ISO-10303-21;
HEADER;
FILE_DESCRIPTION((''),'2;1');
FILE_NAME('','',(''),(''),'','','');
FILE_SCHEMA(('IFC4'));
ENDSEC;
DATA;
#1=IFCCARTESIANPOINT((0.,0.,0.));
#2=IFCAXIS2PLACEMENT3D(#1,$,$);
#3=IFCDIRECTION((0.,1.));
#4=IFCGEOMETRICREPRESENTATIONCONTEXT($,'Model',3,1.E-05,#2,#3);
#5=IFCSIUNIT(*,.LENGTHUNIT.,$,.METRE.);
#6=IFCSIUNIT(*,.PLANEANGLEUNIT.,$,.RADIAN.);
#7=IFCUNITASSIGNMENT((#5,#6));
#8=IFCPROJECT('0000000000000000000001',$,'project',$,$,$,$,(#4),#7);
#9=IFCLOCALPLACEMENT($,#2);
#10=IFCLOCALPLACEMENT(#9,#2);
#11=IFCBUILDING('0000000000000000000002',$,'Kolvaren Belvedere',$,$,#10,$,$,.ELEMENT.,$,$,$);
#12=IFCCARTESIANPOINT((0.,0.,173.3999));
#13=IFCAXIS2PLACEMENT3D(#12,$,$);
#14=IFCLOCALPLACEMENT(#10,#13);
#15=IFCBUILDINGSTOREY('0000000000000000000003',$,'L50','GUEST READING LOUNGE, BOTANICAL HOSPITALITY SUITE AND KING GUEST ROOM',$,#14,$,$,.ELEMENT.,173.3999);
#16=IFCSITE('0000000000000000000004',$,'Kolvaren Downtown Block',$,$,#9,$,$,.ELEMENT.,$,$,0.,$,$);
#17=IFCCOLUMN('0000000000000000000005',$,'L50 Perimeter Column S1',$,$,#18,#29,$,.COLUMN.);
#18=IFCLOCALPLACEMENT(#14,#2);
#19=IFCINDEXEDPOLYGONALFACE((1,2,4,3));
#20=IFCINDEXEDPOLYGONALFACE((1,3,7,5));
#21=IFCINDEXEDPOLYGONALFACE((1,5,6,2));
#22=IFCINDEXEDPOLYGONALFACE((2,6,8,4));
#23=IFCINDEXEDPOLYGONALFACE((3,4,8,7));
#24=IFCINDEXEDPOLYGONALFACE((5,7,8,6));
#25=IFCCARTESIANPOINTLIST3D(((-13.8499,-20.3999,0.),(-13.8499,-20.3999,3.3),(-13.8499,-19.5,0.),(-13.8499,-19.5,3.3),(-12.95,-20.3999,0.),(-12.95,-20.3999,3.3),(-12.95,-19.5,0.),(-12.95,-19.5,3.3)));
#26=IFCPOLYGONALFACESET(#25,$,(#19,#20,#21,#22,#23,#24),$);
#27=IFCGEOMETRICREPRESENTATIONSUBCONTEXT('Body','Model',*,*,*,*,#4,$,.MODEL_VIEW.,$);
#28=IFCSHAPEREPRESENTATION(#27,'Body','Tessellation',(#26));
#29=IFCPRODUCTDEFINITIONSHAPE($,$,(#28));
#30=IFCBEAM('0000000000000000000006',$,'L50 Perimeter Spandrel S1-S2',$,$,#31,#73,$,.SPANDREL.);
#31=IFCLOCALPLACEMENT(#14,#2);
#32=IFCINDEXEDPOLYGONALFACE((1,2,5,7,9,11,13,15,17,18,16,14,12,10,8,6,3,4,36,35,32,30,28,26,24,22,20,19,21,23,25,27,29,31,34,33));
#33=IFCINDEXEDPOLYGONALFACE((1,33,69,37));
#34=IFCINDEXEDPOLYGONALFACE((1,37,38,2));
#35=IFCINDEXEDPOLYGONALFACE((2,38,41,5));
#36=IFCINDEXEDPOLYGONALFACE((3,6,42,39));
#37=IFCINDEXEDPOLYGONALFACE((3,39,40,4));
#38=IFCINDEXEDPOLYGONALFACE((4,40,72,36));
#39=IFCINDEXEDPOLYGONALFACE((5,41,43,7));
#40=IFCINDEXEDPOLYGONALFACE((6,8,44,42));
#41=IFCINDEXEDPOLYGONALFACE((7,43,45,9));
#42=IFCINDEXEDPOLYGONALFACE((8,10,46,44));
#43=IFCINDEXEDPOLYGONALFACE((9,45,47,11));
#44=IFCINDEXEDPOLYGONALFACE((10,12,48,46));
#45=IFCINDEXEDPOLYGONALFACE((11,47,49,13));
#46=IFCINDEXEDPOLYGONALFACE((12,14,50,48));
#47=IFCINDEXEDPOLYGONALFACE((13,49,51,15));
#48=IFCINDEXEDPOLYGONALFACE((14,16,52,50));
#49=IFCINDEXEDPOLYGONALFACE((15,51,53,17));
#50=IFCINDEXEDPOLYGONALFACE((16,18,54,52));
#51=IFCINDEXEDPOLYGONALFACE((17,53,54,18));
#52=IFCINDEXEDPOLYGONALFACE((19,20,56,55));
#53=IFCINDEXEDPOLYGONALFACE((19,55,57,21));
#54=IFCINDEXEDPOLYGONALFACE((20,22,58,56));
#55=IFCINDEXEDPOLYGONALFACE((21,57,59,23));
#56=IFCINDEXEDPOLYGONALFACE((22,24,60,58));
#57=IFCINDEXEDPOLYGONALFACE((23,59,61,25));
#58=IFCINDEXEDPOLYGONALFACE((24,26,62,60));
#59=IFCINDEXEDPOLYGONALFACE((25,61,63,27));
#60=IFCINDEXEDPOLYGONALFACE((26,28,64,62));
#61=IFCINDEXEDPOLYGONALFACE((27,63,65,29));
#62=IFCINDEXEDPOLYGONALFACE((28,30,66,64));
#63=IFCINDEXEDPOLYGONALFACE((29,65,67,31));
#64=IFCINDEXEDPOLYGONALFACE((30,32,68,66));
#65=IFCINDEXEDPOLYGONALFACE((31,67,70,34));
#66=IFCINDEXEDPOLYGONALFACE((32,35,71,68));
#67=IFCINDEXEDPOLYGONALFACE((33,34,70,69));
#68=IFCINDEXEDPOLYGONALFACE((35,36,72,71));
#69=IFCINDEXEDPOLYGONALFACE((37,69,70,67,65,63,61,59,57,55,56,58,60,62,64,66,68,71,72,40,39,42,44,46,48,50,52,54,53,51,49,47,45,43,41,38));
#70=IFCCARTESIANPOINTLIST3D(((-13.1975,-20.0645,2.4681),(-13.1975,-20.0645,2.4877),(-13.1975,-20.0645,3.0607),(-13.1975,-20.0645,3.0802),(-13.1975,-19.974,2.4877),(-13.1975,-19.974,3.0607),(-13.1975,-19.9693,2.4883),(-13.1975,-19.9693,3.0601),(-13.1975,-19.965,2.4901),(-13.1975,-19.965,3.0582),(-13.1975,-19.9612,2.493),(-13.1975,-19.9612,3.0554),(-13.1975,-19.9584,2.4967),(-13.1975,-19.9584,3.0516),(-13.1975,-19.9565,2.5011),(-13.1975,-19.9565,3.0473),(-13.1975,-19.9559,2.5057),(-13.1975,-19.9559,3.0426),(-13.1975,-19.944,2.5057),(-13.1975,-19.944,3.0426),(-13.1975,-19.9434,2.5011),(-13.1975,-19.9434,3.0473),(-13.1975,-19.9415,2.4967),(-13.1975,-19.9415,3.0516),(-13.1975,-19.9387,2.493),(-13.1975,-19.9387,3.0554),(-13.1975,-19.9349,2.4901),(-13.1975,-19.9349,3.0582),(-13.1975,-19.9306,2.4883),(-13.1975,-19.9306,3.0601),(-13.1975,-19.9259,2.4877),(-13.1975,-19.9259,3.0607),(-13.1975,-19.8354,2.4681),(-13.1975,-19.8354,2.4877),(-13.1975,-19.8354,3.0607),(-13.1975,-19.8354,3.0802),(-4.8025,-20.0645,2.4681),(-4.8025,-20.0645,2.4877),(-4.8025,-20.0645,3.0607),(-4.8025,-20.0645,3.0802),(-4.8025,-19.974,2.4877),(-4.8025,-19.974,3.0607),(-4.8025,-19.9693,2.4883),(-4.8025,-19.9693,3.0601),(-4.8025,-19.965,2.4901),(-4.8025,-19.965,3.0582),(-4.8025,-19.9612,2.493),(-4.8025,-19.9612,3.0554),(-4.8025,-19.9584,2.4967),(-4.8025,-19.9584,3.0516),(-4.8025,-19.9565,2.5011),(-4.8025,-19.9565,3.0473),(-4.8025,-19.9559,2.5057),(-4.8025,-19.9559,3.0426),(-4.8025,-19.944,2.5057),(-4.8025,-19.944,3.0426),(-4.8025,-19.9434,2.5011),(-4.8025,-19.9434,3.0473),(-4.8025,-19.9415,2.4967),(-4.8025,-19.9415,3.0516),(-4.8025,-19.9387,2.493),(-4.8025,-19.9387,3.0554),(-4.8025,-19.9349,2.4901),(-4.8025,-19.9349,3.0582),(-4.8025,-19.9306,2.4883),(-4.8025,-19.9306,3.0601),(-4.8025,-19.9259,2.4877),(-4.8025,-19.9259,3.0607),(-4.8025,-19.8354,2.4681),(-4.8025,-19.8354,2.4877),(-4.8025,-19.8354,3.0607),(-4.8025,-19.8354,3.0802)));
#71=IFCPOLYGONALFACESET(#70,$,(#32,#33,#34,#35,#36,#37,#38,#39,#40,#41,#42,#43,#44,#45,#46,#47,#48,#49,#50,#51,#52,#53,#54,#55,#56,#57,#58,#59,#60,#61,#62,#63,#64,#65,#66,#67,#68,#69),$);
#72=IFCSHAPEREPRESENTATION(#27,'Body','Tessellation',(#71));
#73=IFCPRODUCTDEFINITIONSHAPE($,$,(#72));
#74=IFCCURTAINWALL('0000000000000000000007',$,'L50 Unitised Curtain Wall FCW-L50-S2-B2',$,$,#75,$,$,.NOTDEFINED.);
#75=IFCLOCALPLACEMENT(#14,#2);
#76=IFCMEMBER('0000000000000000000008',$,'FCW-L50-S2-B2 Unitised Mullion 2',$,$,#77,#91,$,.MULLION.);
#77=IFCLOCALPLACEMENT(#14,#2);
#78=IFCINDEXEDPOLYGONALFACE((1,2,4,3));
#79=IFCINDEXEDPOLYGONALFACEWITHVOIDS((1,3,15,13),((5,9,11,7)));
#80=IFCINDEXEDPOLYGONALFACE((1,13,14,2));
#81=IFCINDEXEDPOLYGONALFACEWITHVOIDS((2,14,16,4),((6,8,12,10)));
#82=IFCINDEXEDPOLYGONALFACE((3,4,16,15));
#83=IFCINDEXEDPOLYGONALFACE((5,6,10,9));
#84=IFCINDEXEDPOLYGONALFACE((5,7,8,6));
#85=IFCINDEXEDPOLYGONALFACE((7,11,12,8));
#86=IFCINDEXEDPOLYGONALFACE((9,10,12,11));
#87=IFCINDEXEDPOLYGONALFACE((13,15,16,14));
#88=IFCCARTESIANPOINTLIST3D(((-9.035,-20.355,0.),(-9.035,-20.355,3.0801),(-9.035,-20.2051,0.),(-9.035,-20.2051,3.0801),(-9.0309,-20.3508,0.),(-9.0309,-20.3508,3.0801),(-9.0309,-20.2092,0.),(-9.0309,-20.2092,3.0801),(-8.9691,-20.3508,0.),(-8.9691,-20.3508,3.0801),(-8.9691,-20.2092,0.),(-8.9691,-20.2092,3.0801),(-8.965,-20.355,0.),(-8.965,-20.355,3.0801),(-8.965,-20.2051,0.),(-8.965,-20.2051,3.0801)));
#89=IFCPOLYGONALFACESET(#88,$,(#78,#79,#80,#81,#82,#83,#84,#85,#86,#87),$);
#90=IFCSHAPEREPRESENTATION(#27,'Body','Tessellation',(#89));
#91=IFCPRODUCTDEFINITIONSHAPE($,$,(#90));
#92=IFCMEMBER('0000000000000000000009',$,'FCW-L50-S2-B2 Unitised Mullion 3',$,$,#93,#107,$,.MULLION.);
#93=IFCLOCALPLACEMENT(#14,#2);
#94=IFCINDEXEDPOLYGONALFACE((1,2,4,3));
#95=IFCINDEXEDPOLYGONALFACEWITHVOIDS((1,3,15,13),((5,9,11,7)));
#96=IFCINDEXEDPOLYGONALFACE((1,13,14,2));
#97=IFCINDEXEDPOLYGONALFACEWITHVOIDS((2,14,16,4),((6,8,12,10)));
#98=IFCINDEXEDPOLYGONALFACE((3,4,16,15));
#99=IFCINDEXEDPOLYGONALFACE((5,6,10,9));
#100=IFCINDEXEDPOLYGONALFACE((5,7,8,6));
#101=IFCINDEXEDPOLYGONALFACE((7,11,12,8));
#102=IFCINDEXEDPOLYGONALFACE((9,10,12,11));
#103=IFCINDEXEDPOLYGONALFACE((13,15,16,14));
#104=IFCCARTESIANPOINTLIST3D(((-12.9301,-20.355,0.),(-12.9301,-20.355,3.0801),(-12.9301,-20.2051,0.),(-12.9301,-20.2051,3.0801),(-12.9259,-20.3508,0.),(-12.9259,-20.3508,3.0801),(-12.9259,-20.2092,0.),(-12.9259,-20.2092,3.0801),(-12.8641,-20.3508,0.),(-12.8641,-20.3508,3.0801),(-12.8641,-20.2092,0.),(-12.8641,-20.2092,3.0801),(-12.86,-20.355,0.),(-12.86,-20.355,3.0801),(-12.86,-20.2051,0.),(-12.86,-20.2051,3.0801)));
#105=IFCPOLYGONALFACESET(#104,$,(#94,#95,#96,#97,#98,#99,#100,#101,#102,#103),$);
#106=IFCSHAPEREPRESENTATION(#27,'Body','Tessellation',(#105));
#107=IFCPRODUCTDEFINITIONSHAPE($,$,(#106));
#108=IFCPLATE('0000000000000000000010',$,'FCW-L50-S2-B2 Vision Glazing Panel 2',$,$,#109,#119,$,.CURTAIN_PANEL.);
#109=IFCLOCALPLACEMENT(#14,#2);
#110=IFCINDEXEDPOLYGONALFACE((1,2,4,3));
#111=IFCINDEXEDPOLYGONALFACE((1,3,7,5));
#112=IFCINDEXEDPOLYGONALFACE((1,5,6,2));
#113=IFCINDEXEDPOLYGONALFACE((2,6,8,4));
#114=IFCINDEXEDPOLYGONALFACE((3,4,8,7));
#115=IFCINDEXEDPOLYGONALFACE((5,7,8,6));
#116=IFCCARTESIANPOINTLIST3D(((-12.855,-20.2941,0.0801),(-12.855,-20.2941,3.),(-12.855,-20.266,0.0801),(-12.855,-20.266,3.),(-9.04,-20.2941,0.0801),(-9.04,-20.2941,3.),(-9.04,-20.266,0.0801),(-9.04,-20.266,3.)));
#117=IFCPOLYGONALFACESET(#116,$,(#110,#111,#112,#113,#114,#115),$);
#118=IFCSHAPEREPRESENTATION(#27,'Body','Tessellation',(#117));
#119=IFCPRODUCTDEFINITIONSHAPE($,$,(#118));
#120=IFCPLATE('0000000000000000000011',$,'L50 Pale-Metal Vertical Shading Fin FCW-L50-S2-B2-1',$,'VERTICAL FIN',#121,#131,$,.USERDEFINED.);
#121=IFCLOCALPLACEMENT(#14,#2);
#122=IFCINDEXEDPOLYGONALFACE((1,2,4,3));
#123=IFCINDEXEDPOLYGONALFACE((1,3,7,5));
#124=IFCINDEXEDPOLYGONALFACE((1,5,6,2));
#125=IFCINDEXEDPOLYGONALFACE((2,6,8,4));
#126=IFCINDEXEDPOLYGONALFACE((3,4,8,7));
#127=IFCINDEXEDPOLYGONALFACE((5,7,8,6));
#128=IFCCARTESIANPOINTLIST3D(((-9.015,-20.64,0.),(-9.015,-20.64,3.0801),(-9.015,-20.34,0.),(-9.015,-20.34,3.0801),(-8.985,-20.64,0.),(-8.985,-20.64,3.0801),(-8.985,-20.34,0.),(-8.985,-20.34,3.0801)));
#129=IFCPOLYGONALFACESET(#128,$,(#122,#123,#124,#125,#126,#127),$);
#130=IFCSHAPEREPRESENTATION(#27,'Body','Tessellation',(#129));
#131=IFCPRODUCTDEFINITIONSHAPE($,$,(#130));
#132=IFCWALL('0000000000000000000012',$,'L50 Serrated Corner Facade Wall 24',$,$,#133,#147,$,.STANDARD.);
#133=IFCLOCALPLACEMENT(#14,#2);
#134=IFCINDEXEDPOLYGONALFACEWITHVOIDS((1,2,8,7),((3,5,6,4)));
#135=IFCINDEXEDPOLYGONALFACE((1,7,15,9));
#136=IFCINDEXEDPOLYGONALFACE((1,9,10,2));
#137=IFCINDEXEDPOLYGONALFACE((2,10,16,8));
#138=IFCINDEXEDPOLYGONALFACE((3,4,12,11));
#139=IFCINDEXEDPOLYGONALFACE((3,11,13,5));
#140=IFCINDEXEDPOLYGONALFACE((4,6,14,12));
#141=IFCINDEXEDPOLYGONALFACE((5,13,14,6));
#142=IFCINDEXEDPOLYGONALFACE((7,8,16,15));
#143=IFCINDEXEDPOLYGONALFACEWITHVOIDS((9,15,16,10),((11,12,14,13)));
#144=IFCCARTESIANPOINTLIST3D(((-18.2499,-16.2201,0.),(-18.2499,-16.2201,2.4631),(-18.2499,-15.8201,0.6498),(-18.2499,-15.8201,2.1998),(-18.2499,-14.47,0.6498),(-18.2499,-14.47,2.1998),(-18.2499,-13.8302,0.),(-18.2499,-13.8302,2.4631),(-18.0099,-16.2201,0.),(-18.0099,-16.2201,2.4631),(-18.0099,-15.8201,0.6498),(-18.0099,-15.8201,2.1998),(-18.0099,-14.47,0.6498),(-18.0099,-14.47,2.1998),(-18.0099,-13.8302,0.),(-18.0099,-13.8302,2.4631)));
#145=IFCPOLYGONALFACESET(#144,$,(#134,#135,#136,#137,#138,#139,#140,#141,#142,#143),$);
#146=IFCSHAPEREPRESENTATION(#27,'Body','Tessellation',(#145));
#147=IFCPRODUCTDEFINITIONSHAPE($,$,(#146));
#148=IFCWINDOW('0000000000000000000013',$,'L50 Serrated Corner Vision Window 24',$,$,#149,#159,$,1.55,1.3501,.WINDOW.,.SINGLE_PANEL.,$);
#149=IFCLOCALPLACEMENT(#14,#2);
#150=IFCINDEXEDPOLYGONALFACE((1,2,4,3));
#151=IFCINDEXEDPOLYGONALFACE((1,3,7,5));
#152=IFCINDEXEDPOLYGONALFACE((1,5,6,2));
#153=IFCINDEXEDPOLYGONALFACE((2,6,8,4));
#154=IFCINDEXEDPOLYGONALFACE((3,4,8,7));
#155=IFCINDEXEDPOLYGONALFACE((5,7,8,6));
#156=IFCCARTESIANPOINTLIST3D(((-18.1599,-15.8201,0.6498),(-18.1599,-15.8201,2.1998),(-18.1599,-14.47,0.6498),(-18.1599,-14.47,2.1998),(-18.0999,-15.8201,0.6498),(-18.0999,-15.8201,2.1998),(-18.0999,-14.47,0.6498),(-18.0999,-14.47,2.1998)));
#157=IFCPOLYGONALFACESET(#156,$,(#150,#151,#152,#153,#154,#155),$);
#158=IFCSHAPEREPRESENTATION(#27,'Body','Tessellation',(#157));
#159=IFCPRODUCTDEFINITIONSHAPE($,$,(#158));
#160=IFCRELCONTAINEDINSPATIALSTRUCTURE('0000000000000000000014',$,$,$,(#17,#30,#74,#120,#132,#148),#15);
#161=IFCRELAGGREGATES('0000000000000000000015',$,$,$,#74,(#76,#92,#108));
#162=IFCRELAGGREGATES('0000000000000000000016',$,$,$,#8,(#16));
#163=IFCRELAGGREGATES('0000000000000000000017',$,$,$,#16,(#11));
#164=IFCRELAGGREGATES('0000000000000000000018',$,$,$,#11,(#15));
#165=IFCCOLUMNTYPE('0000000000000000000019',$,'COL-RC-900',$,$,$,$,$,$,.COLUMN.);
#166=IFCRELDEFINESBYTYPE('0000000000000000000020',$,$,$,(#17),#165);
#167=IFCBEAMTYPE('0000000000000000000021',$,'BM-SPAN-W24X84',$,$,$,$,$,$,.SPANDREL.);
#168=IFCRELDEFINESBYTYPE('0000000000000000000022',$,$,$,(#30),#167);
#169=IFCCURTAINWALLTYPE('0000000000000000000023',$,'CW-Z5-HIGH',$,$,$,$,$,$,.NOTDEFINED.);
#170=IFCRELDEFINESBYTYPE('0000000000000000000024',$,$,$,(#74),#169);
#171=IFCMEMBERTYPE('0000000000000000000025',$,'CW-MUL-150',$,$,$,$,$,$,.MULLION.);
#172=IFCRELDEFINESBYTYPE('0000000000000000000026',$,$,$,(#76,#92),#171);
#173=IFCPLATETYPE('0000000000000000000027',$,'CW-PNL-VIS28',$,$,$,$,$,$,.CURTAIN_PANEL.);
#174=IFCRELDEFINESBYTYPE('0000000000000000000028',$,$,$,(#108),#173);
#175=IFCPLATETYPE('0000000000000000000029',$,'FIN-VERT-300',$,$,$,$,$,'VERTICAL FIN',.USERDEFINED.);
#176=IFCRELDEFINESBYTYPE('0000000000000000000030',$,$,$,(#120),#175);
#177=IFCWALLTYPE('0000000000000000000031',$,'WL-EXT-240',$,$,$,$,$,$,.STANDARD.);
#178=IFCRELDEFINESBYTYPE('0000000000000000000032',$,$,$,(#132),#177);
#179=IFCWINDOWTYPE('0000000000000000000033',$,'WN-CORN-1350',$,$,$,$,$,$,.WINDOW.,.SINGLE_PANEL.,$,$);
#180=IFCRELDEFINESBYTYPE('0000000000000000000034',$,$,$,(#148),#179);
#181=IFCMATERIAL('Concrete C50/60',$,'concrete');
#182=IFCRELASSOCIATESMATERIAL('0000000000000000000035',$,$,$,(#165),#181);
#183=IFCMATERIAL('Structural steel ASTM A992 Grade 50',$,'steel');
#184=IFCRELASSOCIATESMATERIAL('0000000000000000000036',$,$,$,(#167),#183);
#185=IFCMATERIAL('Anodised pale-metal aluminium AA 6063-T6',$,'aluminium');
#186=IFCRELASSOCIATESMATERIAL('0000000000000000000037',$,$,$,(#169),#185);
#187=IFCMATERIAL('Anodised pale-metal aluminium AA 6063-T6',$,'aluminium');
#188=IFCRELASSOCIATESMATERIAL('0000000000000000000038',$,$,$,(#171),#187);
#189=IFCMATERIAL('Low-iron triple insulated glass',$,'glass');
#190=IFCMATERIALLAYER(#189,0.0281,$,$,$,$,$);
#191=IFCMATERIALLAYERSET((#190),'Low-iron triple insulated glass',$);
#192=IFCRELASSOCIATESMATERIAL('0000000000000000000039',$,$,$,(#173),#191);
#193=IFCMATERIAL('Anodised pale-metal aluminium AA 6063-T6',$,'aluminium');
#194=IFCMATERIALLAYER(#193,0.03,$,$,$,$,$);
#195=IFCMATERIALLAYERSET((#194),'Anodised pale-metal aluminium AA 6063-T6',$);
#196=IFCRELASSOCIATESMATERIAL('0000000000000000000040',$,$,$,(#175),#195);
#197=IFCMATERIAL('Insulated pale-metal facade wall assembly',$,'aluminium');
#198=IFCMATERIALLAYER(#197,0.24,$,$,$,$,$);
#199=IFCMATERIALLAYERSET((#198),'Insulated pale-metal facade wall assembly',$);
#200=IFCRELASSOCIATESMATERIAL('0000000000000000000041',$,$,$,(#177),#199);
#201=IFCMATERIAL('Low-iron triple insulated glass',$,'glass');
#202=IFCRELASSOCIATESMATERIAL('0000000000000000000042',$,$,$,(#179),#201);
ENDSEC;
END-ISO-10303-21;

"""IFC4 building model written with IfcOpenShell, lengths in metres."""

from ifc_helpers import new_model, si_unit, direction, frame, frame_2d, origin, origin_2d, place, context, subcontext, project, spatial, rectangle, hollow_rectangle, i_section, extrude, material, layer, layer_set, material_profile, profile_set, type_object, element, fill, aggregate, save


model = new_model("IFC4")

# Units and contexts
model_context = context("Model", 3, precision=1e-05, world=origin(), true_north=direction((0.0, 1.0)))
body_context = subcontext(model_context, "Body", "Model", "MODEL_VIEW")
ifc_project = project(units=[si_unit("LENGTHUNIT", "METRE"), si_unit("PLANEANGLEUNIT", "RADIAN")], contexts=[model_context])

# Site, building, storey
site_placement = place(None, origin())
site = spatial("IfcSite", under=ifc_project, at=site_placement, Name="Kolvaren Downtown Block", CompositionType="ELEMENT", RefElevation=0.0)
building_placement = place(site_placement, origin())
building = spatial("IfcBuilding", under=site, at=building_placement, Name="Kolvaren Belvedere", CompositionType="ELEMENT")
storey_placement = place(building_placement, frame((0.0, 0.0, 173.3999)))
storey = spatial("IfcBuildingStorey", under=building, at=storey_placement, Name="L50", Description="GUEST READING LOUNGE, BOTANICAL HOSPITALITY SUITE AND KING GUEST ROOM", CompositionType="ELEMENT", Elevation=173.3999)

# Column
ifc_material_1 = material(Name="Concrete C50/60", Category="concrete")
ifc_material_profile_1 = material_profile(ifc_material_1, rectangle(XDim=0.8999, YDim=0.8999, at=origin_2d()), Name="RC 900X900")
ifc_profile_set_1 = profile_set([ifc_material_profile_1], Name="Concrete C50/60")
column_type = type_object("IfcColumnType", Name="COL-RC-900", PredefinedType="COLUMN", material=ifc_profile_set_1)
column_placement = place(storey_placement, frame((-13.3999, -19.95, 0.0), z_axis=(0.0, 0.0, 1.0), x_axis=(1.0, 0.0, 0.0)))
element("IfcColumn", 1, at=column_placement, inside=storey, type_object=column_type, Name="L50 Perimeter Column S1", PredefinedType="COLUMN", context=body_context, shape_type="SweptSolid", body=[
    extrude(rectangle(XDim=0.8999, YDim=0.8999, at=origin_2d()), origin(), (0.0, 0.0, 1.0), 3.3),
])

# Beam
ifc_material_2 = material(Name="Structural steel ASTM A992 Grade 50", Category="steel")
ifc_material_profile_2 = material_profile(ifc_material_2, i_section(OverallWidth=0.229, OverallDepth=0.6121, WebThickness=0.012, FlangeThickness=0.0195, FilletRadius=0.0181, at=origin_2d()), Name="W24X84")
ifc_profile_set_2 = profile_set([ifc_material_profile_2], Name="Structural steel ASTM A992 Grade 50")
beam_type = type_object("IfcBeamType", Name="BM-SPAN-W24X84", PredefinedType="SPANDREL", material=ifc_profile_set_2)
beam_placement = place(storey_placement, frame((-13.1975, -19.95, 2.7742), z_axis=(1.0, 0.0, 0.0), x_axis=(0.0, 1.0, 0.0)))
element("IfcBeam", 2, at=beam_placement, inside=storey, type_object=beam_type, Name="L50 Perimeter Spandrel S1-S2", PredefinedType="SPANDREL", context=body_context, shape_type="SweptSolid", body=[
    extrude(i_section(OverallWidth=0.229, OverallDepth=0.6121, WebThickness=0.012, FlangeThickness=0.0195, FilletRadius=0.0181, at=origin_2d()), origin(), (0.0, 0.0, 1.0), 8.395),
])

# Curtain wall, members, plate
ifc_material_3 = material(Name="Anodised pale-metal aluminium AA 6063-T6", Category="aluminium")
curtain_wall_type = type_object("IfcCurtainWallType", Name="CW-Z5-HIGH", PredefinedType="NOTDEFINED", material=ifc_material_3)
curtain_wall_placement = place(storey_placement, origin())
curtain_wall = element("IfcCurtainWall", 3, at=curtain_wall_placement, inside=storey, type_object=curtain_wall_type, Name="L50 Unitised Curtain Wall FCW-L50-S2-B2", PredefinedType="NOTDEFINED")
ifc_material_4 = material(Name="Anodised pale-metal aluminium AA 6063-T6", Category="aluminium")
ifc_material_profile_3 = material_profile(ifc_material_4, hollow_rectangle(XDim=0.0701, YDim=0.1499, WallThickness=0.0042, at=origin_2d()), Name="ALU-MUL-150X70")
ifc_profile_set_3 = profile_set([ifc_material_profile_3], Name="Anodised pale-metal aluminium AA 6063-T6")
member_type = type_object("IfcMemberType", Name="CW-MUL-150", PredefinedType="MULLION", material=ifc_profile_set_3)
member_1_placement = place(storey_placement, frame((-9.0, -20.28, 0.0), z_axis=(0.0, 0.0, 1.0), x_axis=(1.0, 0.0, 0.0)))
member_1 = element("IfcMember", 4, at=member_1_placement, type_object=member_type, Name="FCW-L50-S2-B2 Unitised Mullion 2", PredefinedType="MULLION", context=body_context, shape_type="SweptSolid", body=[
    extrude(hollow_rectangle(XDim=0.0701, YDim=0.1499, WallThickness=0.0042, at=origin_2d()), origin(), (0.0, 0.0, 1.0), 3.0801),
])
member_2_placement = place(storey_placement, frame((-12.895, -20.28, 0.0), z_axis=(0.0, 0.0, 1.0), x_axis=(1.0, 0.0, 0.0)))
member_2 = element("IfcMember", 5, at=member_2_placement, type_object=member_type, Name="FCW-L50-S2-B2 Unitised Mullion 3", PredefinedType="MULLION", context=body_context, shape_type="SweptSolid", body=[
    extrude(hollow_rectangle(XDim=0.0701, YDim=0.1499, WallThickness=0.0042, at=origin_2d()), origin(), (0.0, 0.0, 1.0), 3.0801),
])
ifc_material_5 = material(Name="Low-iron triple insulated glass", Category="glass")
ifc_layer_1 = layer(ifc_material_5, 0.0281)
ifc_layer_set_1 = layer_set([ifc_layer_1], Name="Low-iron triple insulated glass")
plate_type_1 = type_object("IfcPlateType", Name="CW-PNL-VIS28", PredefinedType="CURTAIN_PANEL", material=ifc_layer_set_1)
plate_1_placement = place(storey_placement, frame((-10.9475, -20.28, 0.0801), z_axis=(0.0, 0.0, 1.0), x_axis=(-1.0, 0.0, 0.0)))
plate_1 = element("IfcPlate", 6, at=plate_1_placement, type_object=plate_type_1, Name="FCW-L50-S2-B2 Vision Glazing Panel 2", PredefinedType="CURTAIN_PANEL", context=body_context, shape_type="SweptSolid", body=[
    extrude(rectangle(XDim=3.8149, YDim=0.0281, at=origin_2d()), origin(), (0.0, 0.0, 1.0), 2.9199),
])
aggregate(curtain_wall, [member_1, member_2, plate_1])

# Plate
ifc_material_6 = material(Name="Anodised pale-metal aluminium AA 6063-T6", Category="aluminium")
ifc_layer_2 = layer(ifc_material_6, 0.03)
ifc_layer_set_2 = layer_set([ifc_layer_2], Name="Anodised pale-metal aluminium AA 6063-T6")
plate_type_2 = type_object("IfcPlateType", Name="FIN-VERT-300", ElementType="VERTICAL FIN", PredefinedType="USERDEFINED", material=ifc_layer_set_2)
plate_2_placement = place(storey_placement, frame((-9.0, -20.49, 0.0), z_axis=(0.0, 0.0, 1.0), x_axis=(0.0, 1.0, 0.0)))
element("IfcPlate", 7, at=plate_2_placement, inside=storey, type_object=plate_type_2, Name="L50 Pale-Metal Vertical Shading Fin FCW-L50-S2-B2-1", ObjectType="VERTICAL FIN", PredefinedType="USERDEFINED", context=body_context, shape_type="SweptSolid", body=[
    extrude(rectangle(XDim=0.3, YDim=0.03, at=origin_2d()), origin(), (0.0, 0.0, 1.0), 3.0801),
])

# Wall, opening, window
ifc_material_7 = material(Name="Insulated pale-metal facade wall assembly", Category="aluminium")
ifc_layer_3 = layer(ifc_material_7, 0.24)
ifc_layer_set_3 = layer_set([ifc_layer_3], Name="Insulated pale-metal facade wall assembly")
wall_type_1 = type_object("IfcWallType", Name="WL-EXT-240", PredefinedType="STANDARD", material=ifc_layer_set_3)
wall_1_placement = place(storey_placement, frame((-18.1299, -16.22, 0.0), z_axis=(0.0, 0.0, 1.0), x_axis=(0.0, 1.0, 0.0)))
wall_1 = element("IfcWall", 8, at=wall_1_placement, inside=storey, type_object=wall_type_1, Name="L50 Serrated Corner Facade Wall 24", PredefinedType="STANDARD", context=body_context, shape_type="SweptSolid", body=[
    extrude(rectangle(XDim=2.3899, YDim=0.24, at=frame_2d((1.1948, 0.0))), origin(), (0.0, 0.0, 1.0), 2.4631),
])
opening_1_placement = place(wall_1_placement, frame((0.3999, 0.0, 0.6499)))
opening_1 = element("IfcOpeningElement", 9, at=opening_1_placement, cuts=wall_1, PredefinedType="OPENING", context=body_context, shape_type="SweptSolid", body=[
    extrude(rectangle(XDim=1.3501, YDim=1.55, at=frame_2d((0.675, 0.7749))), frame((0.0, 0.1299, 0.0), z_axis=(0.0, -1.0, 0.0), x_axis=(1.0, 0.0, 0.0)), (0.0, 0.0, 1.0), 0.26),
])
ifc_material_8 = material(Name="Low-iron triple insulated glass", Category="glass")
window_type_1 = type_object("IfcWindowType", Name="WN-CORN-1350", PartitioningType="SINGLE_PANEL", PredefinedType="WINDOW", material=ifc_material_8)
window_1_placement = place(opening_1_placement, origin())
window_1 = element("IfcWindow", 10, at=window_1_placement, inside=storey, type_object=window_type_1, Name="L50 Serrated Corner Vision Window 24", OverallHeight=1.55, OverallWidth=1.3501, PartitioningType="SINGLE_PANEL", PredefinedType="WINDOW", context=body_context, shape_type="SweptSolid", body=[
    extrude(rectangle(XDim=1.3501, YDim=1.55, at=frame_2d((0.675, 0.7749))), frame((0.0, 0.03, 0.0), z_axis=(0.0, -1.0, 0.0), x_axis=(1.0, 0.0, 0.0)), (0.0, 0.0, 1.0), 0.0601),
])
fill(opening_1, window_1)

save(model, "model.ifc")
